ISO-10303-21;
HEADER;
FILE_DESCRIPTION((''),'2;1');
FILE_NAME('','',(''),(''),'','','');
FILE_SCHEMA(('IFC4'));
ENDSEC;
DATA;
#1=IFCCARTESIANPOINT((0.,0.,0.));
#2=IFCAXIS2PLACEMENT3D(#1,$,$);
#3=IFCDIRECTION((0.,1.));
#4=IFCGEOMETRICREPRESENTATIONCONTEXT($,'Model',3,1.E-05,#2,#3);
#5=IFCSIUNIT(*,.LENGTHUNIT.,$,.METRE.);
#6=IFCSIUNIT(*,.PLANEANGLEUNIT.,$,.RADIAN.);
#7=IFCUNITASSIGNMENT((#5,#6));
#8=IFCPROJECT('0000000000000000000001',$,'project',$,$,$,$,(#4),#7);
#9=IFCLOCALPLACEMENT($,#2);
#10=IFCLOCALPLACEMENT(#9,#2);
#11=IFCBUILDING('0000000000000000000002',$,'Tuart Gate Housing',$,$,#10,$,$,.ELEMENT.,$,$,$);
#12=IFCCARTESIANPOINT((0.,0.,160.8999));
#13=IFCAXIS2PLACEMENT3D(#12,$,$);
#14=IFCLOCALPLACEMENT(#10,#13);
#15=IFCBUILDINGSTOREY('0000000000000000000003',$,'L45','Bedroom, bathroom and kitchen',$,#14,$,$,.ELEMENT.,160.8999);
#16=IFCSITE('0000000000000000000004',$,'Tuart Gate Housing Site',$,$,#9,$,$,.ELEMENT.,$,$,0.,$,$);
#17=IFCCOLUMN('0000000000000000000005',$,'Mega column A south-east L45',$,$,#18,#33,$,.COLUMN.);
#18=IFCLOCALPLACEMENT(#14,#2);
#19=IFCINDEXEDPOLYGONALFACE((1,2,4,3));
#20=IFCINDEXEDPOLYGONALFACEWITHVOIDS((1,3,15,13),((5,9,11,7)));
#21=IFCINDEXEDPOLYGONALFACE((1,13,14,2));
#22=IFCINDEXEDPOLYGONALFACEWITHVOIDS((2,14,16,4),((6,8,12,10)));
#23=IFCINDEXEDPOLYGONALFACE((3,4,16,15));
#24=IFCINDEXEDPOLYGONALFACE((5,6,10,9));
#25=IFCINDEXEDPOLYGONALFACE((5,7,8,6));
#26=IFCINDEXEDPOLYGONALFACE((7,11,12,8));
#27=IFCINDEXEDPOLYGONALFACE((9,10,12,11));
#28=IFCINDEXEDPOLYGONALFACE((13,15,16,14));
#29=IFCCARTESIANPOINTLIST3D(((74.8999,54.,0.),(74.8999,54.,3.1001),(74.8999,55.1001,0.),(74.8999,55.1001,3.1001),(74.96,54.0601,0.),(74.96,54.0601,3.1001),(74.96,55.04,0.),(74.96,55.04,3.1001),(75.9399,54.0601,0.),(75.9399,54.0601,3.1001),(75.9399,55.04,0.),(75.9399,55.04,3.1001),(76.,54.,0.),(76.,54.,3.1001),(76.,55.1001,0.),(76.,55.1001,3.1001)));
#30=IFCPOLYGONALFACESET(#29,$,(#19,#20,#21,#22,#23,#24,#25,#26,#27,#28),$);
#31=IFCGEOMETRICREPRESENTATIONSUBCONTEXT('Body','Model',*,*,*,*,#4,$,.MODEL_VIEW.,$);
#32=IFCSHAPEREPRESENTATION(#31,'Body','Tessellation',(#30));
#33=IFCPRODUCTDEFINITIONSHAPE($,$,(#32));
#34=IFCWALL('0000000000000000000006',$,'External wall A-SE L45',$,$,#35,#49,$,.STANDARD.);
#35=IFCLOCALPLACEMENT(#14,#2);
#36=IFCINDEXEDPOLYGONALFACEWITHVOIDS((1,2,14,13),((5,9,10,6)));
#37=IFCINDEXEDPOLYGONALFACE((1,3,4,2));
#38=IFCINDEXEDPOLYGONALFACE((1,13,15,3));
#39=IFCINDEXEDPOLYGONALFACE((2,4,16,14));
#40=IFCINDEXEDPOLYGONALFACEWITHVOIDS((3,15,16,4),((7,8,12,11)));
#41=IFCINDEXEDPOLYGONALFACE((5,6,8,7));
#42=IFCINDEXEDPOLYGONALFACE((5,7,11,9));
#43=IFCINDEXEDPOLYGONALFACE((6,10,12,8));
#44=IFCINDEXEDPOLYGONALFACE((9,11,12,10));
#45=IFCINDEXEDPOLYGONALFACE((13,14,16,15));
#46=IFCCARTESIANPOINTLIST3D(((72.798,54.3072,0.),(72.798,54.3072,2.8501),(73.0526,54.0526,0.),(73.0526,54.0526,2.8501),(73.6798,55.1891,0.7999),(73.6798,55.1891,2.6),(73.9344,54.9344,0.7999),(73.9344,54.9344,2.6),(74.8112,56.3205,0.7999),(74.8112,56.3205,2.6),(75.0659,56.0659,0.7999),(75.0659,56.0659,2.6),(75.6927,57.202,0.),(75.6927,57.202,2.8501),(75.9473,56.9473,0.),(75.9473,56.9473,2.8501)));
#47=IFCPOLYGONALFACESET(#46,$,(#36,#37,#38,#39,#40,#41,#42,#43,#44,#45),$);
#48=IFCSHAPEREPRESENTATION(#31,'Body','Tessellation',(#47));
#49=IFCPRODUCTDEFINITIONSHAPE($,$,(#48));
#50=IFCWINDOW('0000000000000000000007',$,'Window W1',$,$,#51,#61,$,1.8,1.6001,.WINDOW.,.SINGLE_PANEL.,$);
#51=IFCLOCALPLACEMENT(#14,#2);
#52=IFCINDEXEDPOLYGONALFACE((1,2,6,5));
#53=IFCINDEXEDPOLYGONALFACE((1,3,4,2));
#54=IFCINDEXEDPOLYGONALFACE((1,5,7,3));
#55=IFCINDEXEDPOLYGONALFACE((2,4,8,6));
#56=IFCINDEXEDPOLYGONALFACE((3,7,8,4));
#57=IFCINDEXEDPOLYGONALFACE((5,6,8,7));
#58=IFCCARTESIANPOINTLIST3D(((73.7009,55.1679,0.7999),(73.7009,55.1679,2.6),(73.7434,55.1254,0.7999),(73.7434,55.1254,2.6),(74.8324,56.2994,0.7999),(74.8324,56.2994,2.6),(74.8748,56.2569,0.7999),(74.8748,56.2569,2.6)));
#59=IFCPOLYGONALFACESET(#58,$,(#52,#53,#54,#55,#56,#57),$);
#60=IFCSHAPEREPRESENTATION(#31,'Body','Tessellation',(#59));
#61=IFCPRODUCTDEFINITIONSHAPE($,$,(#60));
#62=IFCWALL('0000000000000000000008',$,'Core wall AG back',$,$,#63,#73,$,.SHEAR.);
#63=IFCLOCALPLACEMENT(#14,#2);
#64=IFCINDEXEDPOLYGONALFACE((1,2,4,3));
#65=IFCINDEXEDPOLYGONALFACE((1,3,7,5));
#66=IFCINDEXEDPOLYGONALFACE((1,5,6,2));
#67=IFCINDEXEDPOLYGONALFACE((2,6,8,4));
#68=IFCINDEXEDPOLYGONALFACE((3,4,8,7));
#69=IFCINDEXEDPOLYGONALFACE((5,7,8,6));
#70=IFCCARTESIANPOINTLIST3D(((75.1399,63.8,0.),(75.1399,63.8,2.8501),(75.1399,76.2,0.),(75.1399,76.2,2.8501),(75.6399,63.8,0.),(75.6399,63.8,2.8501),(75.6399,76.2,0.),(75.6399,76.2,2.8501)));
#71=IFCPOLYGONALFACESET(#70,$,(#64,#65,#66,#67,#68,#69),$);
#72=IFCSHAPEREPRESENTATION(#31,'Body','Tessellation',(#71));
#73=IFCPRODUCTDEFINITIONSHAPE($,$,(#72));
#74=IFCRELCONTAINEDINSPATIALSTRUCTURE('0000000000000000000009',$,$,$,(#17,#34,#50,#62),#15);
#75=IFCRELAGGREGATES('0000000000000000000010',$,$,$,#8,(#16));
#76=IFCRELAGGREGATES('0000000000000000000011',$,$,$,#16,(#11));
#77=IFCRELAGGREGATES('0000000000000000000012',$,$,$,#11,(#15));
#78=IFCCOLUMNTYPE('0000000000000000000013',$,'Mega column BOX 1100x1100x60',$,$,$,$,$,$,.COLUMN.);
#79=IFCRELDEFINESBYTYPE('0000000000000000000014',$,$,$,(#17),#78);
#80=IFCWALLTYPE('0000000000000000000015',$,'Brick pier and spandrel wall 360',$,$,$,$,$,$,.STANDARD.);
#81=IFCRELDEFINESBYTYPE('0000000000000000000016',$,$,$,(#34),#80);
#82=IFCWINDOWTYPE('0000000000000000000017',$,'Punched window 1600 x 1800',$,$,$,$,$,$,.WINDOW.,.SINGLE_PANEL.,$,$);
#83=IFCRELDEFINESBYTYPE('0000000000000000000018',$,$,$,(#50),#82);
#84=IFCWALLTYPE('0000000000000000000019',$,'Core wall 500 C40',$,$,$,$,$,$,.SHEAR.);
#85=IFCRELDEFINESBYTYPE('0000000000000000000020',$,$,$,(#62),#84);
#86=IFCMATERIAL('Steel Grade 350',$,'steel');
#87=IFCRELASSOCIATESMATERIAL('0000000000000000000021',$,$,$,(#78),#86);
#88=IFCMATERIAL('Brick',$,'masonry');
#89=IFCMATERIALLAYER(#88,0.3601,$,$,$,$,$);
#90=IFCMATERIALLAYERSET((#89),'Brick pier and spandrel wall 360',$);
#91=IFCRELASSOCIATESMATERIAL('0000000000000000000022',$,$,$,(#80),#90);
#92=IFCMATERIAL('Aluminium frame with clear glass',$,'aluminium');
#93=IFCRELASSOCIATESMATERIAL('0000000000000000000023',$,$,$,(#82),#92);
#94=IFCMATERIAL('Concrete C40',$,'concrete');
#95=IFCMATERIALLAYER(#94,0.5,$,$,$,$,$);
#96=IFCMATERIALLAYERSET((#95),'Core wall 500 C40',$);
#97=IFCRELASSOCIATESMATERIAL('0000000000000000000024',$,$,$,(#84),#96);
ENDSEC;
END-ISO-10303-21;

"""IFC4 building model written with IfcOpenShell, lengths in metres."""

from ifc_helpers import new_model, si_unit, direction, frame, frame_2d, origin, origin_2d, place, context, subcontext, project, spatial, rectangle, hollow_rectangle, extrude, material, layer, layer_set, material_profile, profile_set, type_object, element, fill, save


model = new_model("IFC4")

# Units and contexts
model_context = context("Model", 3, precision=1e-05, world=origin(), true_north=direction((0.0, 1.0)))
body_context = subcontext(model_context, "Body", "Model", "MODEL_VIEW")
ifc_project = project(units=[si_unit("LENGTHUNIT", "METRE"), si_unit("PLANEANGLEUNIT", "RADIAN")], contexts=[model_context])

# Site, building, storey
site_placement = place(None, origin())
site = spatial("IfcSite", under=ifc_project, at=site_placement, Name="Tuart Gate Housing Site", CompositionType="ELEMENT", RefElevation=0.0)
building_placement = place(site_placement, origin())
building = spatial("IfcBuilding", under=site, at=building_placement, Name="Tuart Gate Housing", CompositionType="ELEMENT")
storey_placement = place(building_placement, frame((0.0, 0.0, 160.8999)))
storey = spatial("IfcBuildingStorey", under=building, at=storey_placement, Name="L45", Description="Bedroom, bathroom and kitchen", CompositionType="ELEMENT", Elevation=160.8999)

# Column
ifc_material_1 = material(Name="Steel Grade 350", Category="steel")
ifc_material_profile = material_profile(ifc_material_1, hollow_rectangle(XDim=1.1001, YDim=1.1001, WallThickness=0.0601, at=origin_2d()), Name="BOX 1100x1100x60")
ifc_profile_set = profile_set([ifc_material_profile], Name="Steel Grade 350")
column_type = type_object("IfcColumnType", Name="Mega column BOX 1100x1100x60", PredefinedType="COLUMN", material=ifc_profile_set)
column_placement = place(storey_placement, frame((75.45, 54.55, 0.0), z_axis=(0.0, 0.0, 1.0), x_axis=(1.0, 0.0, 0.0)))
element("IfcColumn", 1, at=column_placement, inside=storey, type_object=column_type, Name="Mega column A south-east L45", PredefinedType="COLUMN", context=body_context, shape_type="SweptSolid", body=[
    extrude(hollow_rectangle(XDim=1.1001, YDim=1.1001, WallThickness=0.0601, at=origin_2d()), origin(), (0.0, 0.0, 1.0), 3.1001),
])

# Wall, opening, window
ifc_material_2 = material(Name="Brick", Category="masonry")
ifc_layer_1 = layer(ifc_material_2, 0.3601)
ifc_layer_set_1 = layer_set([ifc_layer_1], Name="Brick pier and spandrel wall 360")
wall_type_1 = type_object("IfcWallType", Name="Brick pier and spandrel wall 360", PredefinedType="STANDARD", material=ifc_layer_set_1)
wall_1_placement = place(storey_placement, frame((72.9253, 54.1799, 0.0), z_axis=(0.0, 0.0, 1.0), x_axis=(0.707107, 0.707107, 0.0)))
wall_1 = element("IfcWall", 2, at=wall_1_placement, inside=storey, type_object=wall_type_1, Name="External wall A-SE L45", PredefinedType="STANDARD", context=body_context, shape_type="SweptSolid", body=[
    extrude(rectangle(XDim=4.0938, YDim=0.3601, at=frame_2d((2.0469, 0.0))), origin(), (0.0, 0.0, 1.0), 2.8501),
])
opening_placement = place(wall_1_placement, frame((1.2471, 0.0, 0.8)))
opening = element("IfcOpeningElement", 3, at=opening_placement, cuts=wall_1, PredefinedType="OPENING", context=body_context, shape_type="SweptSolid", body=[
    extrude(rectangle(XDim=1.6001, YDim=1.8, at=frame_2d((0.8, 0.8999))), frame((0.0, 0.1899, 0.0), z_axis=(0.0, -1.0, 0.0), x_axis=(1.0, 0.0, 0.0)), (0.0, 0.0, 1.0), 0.3801),
])
ifc_material_3 = material(Name="Aluminium frame with clear glass", Category="aluminium")
window_type = type_object("IfcWindowType", Name="Punched window 1600 x 1800", PartitioningType="SINGLE_PANEL", PredefinedType="WINDOW", material=ifc_material_3)
window_placement = place(opening_placement, origin())
window = element("IfcWindow", 4, at=window_placement, inside=storey, type_object=window_type, Name="Window W1", OverallHeight=1.8, OverallWidth=1.6001, PartitioningType="SINGLE_PANEL", PredefinedType="WINDOW", context=body_context, shape_type="SweptSolid", body=[
    extrude(rectangle(XDim=1.6001, YDim=1.8, at=frame_2d((0.8, 0.8999))), frame((0.0, 0.1501, 0.0), z_axis=(0.0, -1.0, 0.0), x_axis=(1.0, 0.0, 0.0)), (0.0, 0.0, 1.0), 0.0601),
])
fill(opening, window)

# Wall
ifc_material_4 = material(Name="Concrete C40", Category="concrete")
ifc_layer_2 = layer(ifc_material_4, 0.5)
ifc_layer_set_2 = layer_set([ifc_layer_2], Name="Core wall 500 C40")
wall_type_2 = type_object("IfcWallType", Name="Core wall 500 C40", PredefinedType="SHEAR", material=ifc_layer_set_2)
wall_2_placement = place(storey_placement, frame((75.3899, 63.8, 0.0), z_axis=(0.0, 0.0, 1.0), x_axis=(0.0, 1.0, 0.0)))
element("IfcWall", 5, at=wall_2_placement, inside=storey, type_object=wall_type_2, Name="Core wall AG back", PredefinedType="SHEAR", context=body_context, shape_type="SweptSolid", body=[
    extrude(rectangle(XDim=12.3999, YDim=0.5, at=frame_2d((6.2, 0.0))), origin(), (0.0, 0.0, 1.0), 2.8501),
])

save(model, "model.ifc")
